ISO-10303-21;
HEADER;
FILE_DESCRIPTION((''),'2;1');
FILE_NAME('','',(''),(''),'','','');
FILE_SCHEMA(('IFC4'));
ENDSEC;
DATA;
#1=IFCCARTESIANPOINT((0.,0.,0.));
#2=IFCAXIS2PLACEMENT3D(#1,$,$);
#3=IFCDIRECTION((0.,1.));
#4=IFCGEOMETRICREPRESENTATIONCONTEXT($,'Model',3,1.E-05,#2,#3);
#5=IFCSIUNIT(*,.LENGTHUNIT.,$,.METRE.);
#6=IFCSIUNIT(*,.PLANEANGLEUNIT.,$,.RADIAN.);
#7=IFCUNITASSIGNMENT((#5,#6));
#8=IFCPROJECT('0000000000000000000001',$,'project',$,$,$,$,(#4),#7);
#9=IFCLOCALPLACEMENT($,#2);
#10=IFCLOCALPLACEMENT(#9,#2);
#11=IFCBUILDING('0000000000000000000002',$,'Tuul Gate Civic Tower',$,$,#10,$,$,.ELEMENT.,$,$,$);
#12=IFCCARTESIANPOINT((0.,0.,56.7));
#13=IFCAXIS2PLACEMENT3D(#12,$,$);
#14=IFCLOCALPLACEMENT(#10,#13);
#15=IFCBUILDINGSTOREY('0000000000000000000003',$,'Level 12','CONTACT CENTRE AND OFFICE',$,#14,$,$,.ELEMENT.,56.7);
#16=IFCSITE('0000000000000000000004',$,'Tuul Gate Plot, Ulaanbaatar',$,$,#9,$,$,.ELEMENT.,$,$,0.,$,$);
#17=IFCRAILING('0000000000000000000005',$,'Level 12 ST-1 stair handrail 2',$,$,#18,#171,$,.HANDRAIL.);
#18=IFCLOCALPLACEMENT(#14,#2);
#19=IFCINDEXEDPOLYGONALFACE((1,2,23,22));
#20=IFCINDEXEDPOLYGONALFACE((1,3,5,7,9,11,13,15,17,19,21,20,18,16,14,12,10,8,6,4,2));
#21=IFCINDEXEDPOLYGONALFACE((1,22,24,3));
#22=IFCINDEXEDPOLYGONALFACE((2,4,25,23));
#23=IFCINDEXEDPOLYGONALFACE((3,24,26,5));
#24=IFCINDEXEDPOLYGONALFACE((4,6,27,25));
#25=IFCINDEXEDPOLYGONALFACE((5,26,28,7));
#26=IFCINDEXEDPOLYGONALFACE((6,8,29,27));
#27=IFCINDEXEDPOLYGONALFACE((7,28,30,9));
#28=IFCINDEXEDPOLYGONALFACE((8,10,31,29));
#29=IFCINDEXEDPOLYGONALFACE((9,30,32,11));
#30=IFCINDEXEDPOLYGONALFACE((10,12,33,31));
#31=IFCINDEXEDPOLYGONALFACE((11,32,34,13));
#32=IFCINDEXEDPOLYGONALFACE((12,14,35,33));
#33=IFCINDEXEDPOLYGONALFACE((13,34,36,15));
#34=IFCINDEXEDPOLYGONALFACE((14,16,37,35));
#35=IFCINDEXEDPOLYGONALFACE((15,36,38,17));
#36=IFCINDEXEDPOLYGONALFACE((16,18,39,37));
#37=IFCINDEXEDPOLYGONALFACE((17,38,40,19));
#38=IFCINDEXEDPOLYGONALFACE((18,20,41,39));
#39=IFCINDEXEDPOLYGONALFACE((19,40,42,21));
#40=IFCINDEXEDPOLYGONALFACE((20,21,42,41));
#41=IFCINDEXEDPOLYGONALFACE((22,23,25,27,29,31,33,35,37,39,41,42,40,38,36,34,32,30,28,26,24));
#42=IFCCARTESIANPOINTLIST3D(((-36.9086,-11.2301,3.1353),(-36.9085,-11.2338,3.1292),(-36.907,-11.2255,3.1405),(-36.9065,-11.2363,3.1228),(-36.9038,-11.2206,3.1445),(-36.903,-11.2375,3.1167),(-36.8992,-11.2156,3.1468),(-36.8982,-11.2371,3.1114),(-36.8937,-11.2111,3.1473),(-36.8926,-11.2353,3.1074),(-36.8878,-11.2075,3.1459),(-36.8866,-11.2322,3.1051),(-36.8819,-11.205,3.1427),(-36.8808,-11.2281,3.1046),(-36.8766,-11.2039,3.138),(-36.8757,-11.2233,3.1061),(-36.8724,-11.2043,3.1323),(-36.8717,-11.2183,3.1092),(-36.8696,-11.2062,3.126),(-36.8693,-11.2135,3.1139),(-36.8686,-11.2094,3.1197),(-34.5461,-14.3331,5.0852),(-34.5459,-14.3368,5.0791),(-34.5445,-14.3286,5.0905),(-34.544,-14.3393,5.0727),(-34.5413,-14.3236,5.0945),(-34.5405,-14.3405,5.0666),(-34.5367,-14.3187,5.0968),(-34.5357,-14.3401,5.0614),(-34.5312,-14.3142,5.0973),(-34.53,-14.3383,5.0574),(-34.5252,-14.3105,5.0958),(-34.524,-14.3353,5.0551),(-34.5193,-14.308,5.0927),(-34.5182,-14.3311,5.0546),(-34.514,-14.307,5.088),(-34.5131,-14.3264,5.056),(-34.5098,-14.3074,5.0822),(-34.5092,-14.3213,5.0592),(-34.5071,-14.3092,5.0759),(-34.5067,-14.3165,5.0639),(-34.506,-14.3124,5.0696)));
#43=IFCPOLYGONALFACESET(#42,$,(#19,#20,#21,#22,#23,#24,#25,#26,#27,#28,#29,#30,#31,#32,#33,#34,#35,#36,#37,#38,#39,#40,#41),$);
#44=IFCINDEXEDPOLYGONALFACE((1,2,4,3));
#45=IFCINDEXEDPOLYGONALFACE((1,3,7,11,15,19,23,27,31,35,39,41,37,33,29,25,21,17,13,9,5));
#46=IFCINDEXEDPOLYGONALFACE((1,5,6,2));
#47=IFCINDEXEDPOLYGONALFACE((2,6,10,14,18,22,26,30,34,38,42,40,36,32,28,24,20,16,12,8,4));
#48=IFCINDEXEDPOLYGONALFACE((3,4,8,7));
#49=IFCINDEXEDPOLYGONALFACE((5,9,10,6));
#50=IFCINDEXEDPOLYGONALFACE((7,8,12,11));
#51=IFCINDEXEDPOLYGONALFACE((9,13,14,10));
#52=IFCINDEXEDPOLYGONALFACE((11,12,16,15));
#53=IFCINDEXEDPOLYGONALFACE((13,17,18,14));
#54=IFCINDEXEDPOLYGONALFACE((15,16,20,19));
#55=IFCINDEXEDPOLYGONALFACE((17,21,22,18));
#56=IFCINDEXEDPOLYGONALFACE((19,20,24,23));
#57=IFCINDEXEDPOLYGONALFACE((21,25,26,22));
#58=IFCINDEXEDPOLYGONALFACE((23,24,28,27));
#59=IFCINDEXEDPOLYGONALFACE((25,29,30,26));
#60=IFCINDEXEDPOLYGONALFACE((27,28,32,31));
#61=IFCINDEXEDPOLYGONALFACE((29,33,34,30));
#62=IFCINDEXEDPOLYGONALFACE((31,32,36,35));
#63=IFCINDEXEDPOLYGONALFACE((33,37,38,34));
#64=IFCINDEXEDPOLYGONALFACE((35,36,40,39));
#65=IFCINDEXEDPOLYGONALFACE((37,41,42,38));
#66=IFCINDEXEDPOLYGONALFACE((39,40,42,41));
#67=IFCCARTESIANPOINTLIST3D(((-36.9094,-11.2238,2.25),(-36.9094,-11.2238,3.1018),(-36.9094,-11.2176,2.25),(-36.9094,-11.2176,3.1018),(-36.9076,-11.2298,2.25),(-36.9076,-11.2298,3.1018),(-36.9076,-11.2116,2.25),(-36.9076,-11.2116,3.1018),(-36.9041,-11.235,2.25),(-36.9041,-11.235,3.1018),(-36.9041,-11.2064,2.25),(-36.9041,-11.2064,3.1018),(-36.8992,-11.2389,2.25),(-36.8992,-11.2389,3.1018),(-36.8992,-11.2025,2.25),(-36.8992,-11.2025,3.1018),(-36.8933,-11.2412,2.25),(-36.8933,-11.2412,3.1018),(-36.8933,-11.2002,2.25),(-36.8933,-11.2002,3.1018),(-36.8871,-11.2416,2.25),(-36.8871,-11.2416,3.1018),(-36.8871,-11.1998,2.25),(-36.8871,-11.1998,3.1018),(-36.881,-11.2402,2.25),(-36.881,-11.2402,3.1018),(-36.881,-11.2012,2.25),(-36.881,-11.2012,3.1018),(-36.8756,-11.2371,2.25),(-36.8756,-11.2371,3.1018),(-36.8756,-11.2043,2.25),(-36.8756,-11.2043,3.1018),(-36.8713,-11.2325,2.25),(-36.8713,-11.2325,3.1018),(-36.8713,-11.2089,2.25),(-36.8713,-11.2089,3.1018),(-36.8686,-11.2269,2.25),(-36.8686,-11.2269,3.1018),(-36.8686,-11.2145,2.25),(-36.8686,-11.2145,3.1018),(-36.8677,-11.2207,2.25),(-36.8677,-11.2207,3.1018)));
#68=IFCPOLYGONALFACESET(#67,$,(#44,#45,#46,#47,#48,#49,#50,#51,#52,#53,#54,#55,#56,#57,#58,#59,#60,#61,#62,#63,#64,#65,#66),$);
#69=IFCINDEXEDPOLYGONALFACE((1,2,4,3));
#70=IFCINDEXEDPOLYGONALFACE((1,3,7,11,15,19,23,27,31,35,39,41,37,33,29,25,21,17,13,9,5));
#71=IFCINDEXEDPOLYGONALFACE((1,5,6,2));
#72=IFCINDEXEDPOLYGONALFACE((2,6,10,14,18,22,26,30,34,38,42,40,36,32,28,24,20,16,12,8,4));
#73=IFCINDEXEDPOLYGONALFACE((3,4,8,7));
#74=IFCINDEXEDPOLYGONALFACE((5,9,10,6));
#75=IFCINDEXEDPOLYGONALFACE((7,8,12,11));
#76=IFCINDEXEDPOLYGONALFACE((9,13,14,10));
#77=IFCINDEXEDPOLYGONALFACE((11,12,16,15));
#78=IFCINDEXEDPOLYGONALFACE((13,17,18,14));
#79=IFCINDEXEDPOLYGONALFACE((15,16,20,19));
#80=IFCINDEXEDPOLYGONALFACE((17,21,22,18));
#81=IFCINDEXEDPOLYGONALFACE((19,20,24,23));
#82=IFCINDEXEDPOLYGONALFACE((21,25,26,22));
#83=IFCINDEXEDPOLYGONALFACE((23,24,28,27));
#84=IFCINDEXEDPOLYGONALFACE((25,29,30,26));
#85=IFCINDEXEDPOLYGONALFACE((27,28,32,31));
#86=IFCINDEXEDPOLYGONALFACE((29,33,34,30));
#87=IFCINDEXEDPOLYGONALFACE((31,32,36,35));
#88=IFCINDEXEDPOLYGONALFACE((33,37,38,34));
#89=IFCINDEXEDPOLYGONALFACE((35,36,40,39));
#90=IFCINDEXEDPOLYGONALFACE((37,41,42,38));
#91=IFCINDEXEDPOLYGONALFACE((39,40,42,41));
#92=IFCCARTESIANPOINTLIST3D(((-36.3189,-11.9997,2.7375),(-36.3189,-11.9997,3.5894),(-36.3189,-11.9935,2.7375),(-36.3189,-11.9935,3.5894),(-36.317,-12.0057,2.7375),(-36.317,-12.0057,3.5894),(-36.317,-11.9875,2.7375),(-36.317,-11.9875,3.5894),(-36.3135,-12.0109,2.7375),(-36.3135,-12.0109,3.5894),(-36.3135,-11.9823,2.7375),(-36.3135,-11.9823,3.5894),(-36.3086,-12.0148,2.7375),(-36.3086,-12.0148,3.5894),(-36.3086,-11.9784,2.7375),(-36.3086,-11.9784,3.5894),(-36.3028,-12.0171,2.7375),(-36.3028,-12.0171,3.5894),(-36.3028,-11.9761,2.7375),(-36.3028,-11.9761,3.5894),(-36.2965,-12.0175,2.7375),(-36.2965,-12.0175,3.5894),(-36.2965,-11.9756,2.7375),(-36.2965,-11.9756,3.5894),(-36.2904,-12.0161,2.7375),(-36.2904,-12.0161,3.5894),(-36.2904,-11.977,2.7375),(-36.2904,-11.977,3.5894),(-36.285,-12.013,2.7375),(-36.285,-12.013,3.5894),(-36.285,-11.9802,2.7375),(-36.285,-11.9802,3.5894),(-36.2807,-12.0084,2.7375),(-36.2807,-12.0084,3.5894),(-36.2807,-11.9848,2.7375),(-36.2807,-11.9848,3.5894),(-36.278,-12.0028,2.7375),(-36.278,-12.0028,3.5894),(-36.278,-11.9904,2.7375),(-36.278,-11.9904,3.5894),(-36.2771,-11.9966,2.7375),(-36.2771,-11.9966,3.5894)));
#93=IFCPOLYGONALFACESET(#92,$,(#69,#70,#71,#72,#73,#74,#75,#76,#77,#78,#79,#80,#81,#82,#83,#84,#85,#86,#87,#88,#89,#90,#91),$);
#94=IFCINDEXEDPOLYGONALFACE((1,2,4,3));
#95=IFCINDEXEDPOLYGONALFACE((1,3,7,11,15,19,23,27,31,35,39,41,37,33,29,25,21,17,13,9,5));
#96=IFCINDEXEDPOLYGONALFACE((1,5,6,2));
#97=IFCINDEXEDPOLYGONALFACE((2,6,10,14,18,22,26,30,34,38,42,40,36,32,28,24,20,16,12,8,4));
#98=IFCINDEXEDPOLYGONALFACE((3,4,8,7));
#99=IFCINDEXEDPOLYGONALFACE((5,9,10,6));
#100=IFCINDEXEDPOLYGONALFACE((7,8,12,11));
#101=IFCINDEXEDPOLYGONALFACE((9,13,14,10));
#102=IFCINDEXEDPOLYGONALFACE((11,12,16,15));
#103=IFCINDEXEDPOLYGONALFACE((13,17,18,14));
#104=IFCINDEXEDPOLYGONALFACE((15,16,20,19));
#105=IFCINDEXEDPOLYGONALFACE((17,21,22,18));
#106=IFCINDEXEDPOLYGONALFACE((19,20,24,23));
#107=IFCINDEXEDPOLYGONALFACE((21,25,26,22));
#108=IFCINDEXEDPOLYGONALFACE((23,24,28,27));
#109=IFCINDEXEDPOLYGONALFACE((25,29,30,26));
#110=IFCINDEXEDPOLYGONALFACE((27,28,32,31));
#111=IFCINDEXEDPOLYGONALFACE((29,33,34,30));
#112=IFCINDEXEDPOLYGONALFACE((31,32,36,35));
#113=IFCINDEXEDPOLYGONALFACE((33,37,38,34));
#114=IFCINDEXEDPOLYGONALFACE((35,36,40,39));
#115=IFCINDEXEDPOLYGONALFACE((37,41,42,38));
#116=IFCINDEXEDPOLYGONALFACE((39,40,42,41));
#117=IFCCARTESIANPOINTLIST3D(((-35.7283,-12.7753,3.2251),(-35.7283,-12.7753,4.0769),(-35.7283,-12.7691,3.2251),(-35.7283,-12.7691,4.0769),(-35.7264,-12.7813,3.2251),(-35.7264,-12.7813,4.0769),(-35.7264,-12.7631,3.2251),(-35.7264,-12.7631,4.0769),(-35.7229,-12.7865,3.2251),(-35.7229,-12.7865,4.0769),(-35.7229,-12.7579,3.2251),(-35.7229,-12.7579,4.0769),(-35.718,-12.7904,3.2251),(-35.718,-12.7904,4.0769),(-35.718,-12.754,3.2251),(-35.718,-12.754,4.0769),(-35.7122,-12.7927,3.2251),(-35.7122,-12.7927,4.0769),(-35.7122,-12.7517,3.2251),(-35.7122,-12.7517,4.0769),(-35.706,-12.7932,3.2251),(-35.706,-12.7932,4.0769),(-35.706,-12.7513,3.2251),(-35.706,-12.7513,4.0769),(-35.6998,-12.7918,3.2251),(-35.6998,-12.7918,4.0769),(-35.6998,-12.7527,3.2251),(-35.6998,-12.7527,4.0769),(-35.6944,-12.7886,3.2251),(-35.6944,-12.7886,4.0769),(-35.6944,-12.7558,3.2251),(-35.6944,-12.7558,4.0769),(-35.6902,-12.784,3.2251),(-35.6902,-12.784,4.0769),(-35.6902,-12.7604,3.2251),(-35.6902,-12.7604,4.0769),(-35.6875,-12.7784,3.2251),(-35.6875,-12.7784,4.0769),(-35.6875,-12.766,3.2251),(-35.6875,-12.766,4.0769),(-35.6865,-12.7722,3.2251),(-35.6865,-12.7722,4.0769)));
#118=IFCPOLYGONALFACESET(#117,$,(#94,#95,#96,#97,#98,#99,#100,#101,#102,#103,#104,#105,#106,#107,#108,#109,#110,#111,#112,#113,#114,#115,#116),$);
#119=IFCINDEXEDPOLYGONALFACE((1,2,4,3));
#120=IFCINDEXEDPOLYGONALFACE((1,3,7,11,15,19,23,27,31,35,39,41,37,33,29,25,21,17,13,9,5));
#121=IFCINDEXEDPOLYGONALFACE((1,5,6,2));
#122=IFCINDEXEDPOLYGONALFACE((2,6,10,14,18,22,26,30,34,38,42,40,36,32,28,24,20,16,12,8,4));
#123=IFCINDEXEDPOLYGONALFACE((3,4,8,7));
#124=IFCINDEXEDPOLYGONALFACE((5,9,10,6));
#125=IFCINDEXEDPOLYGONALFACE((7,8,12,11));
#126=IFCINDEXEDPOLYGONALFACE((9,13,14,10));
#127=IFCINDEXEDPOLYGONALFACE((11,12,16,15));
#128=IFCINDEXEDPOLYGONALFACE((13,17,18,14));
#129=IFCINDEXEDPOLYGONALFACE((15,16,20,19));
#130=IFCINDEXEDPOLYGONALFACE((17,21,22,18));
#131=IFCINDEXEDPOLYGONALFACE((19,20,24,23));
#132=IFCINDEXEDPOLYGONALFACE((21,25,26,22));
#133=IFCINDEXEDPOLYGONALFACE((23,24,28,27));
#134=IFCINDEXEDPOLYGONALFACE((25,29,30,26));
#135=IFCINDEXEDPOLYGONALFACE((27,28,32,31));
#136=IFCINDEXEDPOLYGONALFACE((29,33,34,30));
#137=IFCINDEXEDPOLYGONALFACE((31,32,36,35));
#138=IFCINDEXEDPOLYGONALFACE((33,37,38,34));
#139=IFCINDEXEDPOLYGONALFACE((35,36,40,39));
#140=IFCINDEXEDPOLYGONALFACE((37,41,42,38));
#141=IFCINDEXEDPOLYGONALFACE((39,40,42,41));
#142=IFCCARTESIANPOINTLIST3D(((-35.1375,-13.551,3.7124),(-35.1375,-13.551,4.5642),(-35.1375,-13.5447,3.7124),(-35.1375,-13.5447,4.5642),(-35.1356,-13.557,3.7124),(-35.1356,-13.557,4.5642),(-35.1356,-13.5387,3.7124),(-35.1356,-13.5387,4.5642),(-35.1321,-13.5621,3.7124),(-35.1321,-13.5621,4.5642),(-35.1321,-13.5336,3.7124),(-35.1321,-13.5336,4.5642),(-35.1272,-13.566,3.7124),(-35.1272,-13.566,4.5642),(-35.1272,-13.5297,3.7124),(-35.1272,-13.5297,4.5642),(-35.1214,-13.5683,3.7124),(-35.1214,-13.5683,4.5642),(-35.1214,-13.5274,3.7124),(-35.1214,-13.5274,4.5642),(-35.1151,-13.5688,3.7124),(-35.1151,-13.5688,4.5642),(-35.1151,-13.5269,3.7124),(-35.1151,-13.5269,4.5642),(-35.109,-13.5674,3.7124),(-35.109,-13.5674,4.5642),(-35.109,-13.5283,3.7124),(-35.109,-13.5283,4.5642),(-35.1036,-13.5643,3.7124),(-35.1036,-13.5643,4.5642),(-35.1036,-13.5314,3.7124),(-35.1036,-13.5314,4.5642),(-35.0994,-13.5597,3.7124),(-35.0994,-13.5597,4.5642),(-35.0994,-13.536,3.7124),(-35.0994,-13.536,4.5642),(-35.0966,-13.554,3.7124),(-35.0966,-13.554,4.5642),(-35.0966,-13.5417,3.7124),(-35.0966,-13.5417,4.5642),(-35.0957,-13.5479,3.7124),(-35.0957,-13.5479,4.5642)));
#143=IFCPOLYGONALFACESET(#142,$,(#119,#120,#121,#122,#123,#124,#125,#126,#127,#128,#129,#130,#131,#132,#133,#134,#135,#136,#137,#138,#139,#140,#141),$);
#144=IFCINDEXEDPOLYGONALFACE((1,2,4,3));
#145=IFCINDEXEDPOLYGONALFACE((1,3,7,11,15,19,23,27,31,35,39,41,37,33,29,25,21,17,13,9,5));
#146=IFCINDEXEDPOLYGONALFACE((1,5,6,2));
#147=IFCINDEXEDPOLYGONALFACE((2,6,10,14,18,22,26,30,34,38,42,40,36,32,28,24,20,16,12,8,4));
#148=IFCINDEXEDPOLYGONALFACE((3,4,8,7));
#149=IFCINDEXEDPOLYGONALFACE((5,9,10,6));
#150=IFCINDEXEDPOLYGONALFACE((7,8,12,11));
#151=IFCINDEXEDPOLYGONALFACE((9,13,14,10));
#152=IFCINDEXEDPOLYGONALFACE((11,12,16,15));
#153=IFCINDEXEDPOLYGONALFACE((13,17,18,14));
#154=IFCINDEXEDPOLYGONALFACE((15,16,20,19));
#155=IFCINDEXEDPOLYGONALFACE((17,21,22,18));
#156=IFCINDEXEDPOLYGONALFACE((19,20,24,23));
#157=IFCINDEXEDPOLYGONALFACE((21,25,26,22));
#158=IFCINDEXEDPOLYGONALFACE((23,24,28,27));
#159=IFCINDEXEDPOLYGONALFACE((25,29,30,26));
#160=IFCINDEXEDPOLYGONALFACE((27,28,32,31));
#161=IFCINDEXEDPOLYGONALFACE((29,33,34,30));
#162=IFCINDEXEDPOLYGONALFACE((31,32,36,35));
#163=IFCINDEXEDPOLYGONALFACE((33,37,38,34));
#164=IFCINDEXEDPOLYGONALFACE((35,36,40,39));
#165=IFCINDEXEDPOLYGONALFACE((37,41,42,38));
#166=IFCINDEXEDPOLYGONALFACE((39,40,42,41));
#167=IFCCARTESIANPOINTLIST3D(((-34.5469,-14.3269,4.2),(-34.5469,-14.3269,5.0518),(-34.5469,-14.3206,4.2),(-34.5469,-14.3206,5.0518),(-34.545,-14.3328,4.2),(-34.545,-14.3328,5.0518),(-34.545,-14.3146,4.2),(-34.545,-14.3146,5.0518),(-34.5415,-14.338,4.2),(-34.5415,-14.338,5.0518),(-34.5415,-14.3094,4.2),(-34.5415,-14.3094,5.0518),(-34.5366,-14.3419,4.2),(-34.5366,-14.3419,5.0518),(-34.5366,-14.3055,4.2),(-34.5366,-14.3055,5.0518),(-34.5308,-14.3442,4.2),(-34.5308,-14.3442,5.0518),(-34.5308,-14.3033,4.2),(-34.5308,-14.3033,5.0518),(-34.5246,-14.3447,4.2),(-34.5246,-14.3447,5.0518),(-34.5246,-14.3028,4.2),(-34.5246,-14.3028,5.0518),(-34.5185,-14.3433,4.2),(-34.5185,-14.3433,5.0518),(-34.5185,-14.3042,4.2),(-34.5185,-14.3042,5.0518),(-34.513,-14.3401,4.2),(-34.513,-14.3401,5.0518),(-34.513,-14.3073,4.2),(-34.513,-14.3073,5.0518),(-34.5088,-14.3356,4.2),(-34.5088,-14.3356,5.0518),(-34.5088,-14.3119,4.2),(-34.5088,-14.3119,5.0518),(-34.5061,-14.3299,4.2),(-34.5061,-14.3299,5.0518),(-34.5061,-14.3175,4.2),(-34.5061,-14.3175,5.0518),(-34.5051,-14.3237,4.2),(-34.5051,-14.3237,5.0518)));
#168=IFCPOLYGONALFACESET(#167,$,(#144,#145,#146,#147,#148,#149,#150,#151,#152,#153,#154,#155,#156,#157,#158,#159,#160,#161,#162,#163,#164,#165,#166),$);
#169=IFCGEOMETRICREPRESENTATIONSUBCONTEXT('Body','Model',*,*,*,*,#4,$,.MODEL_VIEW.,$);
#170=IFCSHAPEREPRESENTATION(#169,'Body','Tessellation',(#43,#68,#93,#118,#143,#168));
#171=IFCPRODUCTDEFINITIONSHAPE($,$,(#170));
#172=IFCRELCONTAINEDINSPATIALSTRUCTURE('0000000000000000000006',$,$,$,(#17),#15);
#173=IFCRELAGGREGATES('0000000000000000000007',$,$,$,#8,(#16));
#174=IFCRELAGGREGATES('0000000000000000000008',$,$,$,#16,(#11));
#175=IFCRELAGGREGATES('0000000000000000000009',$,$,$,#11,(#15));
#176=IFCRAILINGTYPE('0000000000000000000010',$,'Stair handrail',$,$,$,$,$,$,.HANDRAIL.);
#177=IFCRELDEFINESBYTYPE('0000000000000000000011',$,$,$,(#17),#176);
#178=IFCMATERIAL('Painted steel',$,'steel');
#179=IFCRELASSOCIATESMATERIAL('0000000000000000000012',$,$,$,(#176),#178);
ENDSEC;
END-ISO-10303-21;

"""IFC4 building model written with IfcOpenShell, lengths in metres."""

from ifc_helpers import new_model, si_unit, direction, frame, origin, origin_2d, place, context, subcontext, project, spatial, circle, extrude, material, type_object, element, save


model = new_model("IFC4")

# Units and contexts
model_context = context("Model", 3, precision=1e-05, world=origin(), true_north=direction((0.0, 1.0)))
body_context = subcontext(model_context, "Body", "Model", "MODEL_VIEW")
ifc_project = project(units=[si_unit("LENGTHUNIT", "METRE"), si_unit("PLANEANGLEUNIT", "RADIAN")], contexts=[model_context])

# Site, building, storey
site_placement = place(None, origin())
site = spatial("IfcSite", under=ifc_project, at=site_placement, Name="Tuul Gate Plot, Ulaanbaatar", CompositionType="ELEMENT", RefElevation=0.0)
building_placement = place(site_placement, origin())
building = spatial("IfcBuilding", under=site, at=building_placement, Name="Tuul Gate Civic Tower", CompositionType="ELEMENT")
storey_placement = place(building_placement, frame((0.0, 0.0, 56.7)))
storey = spatial("IfcBuildingStorey", under=building, at=storey_placement, Name="Level 12", Description="CONTACT CENTRE AND OFFICE", CompositionType="ELEMENT", Elevation=56.7)

# Railing
ifc_material_1 = material(Name="Painted steel", Category="steel")
railing_type_1 = type_object("IfcRailingType", Name="Stair handrail", PredefinedType="HANDRAIL", material=ifc_material_1)
railing_1_placement = place(storey_placement, frame((-36.8887, -11.2207, 2.25)))
element("IfcRailing", 1, at=railing_1_placement, inside=storey, type_object=railing_type_1, Name="Level 12 ST-1 stair handrail 2", PredefinedType="HANDRAIL", context=body_context, shape_type="SweptSolid", body=[
    extrude(circle(Radius=0.0239, at=origin_2d()), frame((0.0, 0.0, 0.876), z_axis=(0.541824, -0.711645, 0.4472), x_axis=(0.795637, 0.605773, 0.0)), (0.0, 0.0, 1.0), 4.3604),
    extrude(circle(Radius=0.021, at=origin_2d()), origin(), (0.0, 0.0, 1.0), 0.8518),
    extrude(circle(Radius=0.021, at=origin_2d()), frame((0.5906, -0.7759, 0.4875)), (0.0, 0.0, 1.0), 0.8518),
    extrude(circle(Radius=0.021, at=origin_2d()), frame((1.1812, -1.5515, 0.9751)), (0.0, 0.0, 1.0), 0.8518),
    extrude(circle(Radius=0.021, at=origin_2d()), frame((1.772, -2.3271, 1.4624)), (0.0, 0.0, 1.0), 0.8518),
    extrude(circle(Radius=0.021, at=origin_2d()), frame((2.3625, -3.103, 1.95)), (0.0, 0.0, 1.0), 0.8518),
])

save(model, "model.ifc")
